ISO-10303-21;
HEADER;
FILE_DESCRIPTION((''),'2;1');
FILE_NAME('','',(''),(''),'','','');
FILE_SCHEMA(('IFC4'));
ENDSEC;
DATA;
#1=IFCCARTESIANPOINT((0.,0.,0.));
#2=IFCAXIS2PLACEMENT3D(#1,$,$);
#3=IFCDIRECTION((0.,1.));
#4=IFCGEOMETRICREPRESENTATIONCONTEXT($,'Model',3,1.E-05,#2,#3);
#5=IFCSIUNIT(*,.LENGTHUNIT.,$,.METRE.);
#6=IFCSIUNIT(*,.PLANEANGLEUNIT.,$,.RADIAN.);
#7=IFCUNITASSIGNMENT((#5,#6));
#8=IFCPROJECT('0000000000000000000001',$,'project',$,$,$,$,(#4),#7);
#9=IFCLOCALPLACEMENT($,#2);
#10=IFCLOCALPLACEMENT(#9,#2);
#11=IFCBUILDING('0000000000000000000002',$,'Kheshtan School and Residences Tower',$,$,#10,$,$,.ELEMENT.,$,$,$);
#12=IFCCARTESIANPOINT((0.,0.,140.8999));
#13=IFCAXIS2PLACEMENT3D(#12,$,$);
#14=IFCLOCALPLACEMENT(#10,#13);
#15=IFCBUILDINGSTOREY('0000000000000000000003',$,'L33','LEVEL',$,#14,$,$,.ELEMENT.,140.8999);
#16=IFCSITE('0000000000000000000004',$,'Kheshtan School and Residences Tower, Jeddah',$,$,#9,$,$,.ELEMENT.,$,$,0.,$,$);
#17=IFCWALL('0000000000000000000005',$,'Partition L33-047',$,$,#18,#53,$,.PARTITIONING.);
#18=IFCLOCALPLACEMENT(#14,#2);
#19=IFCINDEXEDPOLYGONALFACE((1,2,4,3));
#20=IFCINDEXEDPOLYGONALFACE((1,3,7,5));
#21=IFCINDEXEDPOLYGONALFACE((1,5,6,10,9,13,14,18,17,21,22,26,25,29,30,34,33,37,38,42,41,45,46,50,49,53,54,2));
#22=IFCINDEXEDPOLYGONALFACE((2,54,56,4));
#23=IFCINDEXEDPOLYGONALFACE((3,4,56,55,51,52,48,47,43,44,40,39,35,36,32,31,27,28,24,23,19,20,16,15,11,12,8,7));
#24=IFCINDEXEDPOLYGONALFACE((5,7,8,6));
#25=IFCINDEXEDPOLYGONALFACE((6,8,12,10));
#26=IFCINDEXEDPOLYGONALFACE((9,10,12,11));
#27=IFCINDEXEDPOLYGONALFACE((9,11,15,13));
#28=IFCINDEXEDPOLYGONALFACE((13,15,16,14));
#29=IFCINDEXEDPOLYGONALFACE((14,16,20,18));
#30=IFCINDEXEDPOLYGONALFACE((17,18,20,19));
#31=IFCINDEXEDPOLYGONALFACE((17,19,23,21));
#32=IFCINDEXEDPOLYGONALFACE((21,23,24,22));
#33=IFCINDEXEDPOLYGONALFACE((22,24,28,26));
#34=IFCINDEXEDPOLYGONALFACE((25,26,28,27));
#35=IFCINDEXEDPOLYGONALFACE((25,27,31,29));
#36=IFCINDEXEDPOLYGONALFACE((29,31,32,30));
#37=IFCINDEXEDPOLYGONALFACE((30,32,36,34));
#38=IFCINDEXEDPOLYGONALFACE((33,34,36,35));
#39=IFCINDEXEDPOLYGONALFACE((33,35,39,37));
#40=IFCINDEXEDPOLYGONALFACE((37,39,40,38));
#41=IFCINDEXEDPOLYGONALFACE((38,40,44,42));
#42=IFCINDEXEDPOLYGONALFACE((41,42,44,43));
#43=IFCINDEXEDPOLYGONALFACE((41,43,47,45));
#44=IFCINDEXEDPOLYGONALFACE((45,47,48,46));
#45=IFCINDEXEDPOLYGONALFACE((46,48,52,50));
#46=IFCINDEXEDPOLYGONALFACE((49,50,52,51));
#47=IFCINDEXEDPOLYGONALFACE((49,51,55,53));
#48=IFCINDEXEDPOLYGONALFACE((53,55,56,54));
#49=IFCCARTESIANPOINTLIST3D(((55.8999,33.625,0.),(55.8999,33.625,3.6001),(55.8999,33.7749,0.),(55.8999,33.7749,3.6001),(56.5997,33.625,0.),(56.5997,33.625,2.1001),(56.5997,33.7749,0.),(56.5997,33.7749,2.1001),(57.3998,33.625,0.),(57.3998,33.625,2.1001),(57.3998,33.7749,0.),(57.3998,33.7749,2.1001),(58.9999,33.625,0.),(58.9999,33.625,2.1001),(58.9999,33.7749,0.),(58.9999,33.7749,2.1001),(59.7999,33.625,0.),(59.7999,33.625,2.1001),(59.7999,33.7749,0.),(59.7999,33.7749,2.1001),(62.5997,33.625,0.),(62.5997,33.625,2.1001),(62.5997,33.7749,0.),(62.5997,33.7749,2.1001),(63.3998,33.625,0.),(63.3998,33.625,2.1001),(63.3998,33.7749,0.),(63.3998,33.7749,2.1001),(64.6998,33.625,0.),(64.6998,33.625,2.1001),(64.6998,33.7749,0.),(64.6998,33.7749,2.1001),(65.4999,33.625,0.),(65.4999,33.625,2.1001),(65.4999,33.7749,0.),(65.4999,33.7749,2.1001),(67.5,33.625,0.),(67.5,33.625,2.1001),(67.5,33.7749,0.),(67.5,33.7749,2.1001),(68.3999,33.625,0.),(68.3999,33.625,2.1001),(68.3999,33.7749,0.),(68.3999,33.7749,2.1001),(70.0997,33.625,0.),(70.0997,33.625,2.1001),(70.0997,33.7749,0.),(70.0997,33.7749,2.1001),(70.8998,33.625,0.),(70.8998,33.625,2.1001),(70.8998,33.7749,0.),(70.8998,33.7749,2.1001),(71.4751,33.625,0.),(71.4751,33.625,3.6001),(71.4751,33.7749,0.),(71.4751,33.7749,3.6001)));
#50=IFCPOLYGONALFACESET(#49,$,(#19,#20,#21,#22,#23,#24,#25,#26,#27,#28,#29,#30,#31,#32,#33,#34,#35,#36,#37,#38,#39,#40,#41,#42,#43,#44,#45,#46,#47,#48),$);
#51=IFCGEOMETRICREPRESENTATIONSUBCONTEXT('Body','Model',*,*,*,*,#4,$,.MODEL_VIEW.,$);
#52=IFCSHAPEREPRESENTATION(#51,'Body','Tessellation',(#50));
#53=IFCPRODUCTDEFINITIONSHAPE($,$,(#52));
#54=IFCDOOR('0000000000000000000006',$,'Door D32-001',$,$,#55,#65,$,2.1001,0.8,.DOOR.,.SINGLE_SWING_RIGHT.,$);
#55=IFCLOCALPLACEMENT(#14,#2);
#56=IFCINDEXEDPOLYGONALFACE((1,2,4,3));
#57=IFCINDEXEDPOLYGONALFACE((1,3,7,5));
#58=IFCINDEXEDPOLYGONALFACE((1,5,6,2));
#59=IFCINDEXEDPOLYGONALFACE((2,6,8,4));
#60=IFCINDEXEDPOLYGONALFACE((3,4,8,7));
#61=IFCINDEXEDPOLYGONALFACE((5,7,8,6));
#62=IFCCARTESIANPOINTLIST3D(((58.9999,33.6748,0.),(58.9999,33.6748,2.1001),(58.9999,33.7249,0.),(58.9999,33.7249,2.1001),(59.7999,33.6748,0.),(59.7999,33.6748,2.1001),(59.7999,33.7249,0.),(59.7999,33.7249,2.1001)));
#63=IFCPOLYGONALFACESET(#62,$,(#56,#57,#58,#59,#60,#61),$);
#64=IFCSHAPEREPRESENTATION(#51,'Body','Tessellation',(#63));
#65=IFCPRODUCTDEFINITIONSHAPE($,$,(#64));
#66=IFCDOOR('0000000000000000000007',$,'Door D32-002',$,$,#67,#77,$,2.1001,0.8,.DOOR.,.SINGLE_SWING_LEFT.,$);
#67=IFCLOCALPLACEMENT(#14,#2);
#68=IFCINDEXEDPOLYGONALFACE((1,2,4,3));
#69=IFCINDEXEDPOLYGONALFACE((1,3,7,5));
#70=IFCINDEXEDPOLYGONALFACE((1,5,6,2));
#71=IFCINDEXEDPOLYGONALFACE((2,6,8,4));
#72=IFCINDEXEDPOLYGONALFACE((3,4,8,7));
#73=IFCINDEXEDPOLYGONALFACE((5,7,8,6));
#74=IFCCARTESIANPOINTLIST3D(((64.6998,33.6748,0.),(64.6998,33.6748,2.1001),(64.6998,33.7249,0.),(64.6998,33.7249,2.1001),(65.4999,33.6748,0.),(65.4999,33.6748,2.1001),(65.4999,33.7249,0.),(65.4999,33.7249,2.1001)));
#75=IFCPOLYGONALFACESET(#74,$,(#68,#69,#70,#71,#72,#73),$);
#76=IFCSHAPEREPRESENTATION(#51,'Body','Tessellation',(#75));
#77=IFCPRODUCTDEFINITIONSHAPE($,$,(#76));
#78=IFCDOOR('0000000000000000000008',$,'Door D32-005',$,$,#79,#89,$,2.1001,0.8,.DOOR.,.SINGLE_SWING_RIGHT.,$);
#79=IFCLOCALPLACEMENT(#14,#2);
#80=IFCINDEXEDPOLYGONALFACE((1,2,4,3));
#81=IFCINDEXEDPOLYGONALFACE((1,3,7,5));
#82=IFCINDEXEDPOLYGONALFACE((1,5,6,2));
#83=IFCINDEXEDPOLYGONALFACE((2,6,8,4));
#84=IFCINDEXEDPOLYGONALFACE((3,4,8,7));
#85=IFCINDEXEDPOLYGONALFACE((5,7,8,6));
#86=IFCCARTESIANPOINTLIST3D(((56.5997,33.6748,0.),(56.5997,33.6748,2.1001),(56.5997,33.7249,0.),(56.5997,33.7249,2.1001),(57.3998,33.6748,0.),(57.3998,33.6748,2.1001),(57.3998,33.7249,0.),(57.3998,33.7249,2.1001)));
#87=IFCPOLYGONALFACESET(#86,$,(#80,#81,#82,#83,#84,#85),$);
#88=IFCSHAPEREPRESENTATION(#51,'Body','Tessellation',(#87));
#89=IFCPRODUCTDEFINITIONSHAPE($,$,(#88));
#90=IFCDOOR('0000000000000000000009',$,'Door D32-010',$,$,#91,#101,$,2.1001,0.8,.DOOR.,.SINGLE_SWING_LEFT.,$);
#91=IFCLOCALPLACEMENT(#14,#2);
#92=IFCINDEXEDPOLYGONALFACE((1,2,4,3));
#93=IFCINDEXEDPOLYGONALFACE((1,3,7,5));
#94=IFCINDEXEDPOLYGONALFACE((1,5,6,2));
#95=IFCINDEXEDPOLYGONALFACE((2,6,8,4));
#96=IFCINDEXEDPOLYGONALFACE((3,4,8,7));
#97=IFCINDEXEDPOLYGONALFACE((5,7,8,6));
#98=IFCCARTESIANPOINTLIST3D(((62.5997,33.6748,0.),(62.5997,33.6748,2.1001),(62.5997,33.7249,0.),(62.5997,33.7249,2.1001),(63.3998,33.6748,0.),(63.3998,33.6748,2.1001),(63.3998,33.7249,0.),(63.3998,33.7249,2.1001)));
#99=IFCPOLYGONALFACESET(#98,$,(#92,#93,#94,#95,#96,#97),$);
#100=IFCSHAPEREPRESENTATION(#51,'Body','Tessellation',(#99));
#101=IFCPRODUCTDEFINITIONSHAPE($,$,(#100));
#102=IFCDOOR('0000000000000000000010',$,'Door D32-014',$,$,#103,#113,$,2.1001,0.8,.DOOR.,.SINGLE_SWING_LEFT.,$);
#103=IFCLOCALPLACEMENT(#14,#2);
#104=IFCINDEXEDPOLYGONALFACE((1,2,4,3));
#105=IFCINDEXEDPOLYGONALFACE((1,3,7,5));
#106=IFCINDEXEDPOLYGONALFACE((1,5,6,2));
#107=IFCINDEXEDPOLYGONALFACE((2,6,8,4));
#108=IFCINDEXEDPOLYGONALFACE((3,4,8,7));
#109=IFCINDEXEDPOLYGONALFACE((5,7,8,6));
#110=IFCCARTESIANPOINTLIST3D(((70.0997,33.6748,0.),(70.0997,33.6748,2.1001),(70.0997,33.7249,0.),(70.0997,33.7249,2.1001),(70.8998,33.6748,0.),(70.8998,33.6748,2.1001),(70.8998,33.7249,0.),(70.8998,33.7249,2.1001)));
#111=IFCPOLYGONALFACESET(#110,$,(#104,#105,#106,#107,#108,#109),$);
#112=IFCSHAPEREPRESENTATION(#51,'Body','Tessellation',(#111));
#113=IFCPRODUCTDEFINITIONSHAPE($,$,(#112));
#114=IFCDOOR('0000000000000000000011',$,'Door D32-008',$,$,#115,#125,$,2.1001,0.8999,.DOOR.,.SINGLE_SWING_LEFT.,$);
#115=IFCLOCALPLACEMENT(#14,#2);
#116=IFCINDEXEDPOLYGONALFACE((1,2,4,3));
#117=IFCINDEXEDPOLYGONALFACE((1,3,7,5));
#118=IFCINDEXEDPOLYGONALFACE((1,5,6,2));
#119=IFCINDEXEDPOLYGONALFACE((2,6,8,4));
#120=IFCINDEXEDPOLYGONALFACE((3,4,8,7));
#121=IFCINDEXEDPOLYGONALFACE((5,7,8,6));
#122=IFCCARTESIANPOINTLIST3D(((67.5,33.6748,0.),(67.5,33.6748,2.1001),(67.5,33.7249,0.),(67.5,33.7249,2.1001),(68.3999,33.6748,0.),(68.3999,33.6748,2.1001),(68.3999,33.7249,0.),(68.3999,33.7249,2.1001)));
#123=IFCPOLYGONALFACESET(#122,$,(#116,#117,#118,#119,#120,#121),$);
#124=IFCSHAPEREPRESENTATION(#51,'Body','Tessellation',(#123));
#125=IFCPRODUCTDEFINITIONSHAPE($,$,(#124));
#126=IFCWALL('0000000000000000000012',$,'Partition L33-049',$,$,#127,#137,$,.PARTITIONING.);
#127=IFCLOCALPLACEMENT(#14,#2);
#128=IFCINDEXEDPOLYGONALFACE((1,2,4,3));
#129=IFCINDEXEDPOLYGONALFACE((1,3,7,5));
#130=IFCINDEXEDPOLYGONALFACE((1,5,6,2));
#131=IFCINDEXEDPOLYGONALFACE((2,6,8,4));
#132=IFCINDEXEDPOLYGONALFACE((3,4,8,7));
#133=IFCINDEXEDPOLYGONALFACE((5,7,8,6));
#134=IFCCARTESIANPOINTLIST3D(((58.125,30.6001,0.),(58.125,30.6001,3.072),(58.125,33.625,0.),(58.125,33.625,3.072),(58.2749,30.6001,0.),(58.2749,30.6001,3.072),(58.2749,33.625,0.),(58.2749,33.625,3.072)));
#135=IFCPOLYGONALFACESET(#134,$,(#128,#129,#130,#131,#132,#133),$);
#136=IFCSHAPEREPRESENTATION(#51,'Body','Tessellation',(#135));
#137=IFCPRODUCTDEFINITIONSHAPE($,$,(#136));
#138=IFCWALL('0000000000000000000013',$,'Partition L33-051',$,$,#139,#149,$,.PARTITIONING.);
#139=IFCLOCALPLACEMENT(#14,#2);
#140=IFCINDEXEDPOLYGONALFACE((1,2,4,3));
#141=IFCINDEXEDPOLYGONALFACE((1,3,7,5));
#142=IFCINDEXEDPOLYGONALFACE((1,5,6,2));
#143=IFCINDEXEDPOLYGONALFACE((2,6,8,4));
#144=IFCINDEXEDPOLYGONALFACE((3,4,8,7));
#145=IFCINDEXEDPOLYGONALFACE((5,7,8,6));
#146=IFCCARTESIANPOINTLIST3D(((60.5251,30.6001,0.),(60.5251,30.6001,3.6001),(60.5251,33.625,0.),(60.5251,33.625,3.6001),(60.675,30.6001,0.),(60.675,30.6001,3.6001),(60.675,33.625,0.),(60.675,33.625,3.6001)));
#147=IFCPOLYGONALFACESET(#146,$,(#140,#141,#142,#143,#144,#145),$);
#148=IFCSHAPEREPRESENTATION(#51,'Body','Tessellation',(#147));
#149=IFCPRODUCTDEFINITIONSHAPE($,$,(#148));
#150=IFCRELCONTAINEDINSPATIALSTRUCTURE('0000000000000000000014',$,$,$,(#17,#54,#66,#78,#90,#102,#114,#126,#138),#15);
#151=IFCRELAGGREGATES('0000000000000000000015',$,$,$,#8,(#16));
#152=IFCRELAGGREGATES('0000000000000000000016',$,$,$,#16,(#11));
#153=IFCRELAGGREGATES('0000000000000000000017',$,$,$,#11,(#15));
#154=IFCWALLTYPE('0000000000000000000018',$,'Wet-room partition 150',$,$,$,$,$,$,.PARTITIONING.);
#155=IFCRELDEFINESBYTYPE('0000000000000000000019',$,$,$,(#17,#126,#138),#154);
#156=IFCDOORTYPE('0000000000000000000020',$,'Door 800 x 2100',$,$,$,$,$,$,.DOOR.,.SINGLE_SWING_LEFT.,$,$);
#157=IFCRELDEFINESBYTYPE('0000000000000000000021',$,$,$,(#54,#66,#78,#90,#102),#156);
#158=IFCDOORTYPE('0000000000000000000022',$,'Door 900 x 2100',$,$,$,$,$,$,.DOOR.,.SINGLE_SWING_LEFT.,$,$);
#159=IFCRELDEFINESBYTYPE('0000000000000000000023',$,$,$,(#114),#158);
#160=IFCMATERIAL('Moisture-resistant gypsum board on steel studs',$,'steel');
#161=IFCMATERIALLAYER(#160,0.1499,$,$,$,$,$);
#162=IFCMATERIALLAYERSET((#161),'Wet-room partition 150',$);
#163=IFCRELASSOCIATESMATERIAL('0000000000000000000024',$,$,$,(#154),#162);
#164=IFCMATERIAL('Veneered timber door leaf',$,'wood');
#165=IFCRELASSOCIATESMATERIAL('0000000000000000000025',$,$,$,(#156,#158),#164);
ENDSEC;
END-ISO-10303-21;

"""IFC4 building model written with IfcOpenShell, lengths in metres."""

from ifc_helpers import new_model, si_unit, direction, frame, frame_2d, origin, place, context, subcontext, project, spatial, rectangle, extrude, source, transform, mapped, material, layer, layer_set, type_object, element, fill, save


model = new_model("IFC4")

# Units and contexts
model_context = context("Model", 3, precision=1e-05, world=origin(), true_north=direction((0.0, 1.0)))
body_context = subcontext(model_context, "Body", "Model", "MODEL_VIEW")
ifc_project = project(units=[si_unit("LENGTHUNIT", "METRE"), si_unit("PLANEANGLEUNIT", "RADIAN")], contexts=[model_context])

# Site, building, storey
site_placement = place(None, origin())
site = spatial("IfcSite", under=ifc_project, at=site_placement, Name="Kheshtan School and Residences Tower, Jeddah", CompositionType="ELEMENT", RefElevation=0.0)
building_placement = place(site_placement, origin())
building = spatial("IfcBuilding", under=site, at=building_placement, Name="Kheshtan School and Residences Tower", CompositionType="ELEMENT")
storey_placement = place(building_placement, frame((0.0, 0.0, 140.8999)))
storey = spatial("IfcBuildingStorey", under=building, at=storey_placement, Name="L33", Description="LEVEL", CompositionType="ELEMENT", Elevation=140.8999)

# Wall, openings, doors
ifc_material_1 = material(Name="Moisture-resistant gypsum board on steel studs", Category="steel")
ifc_layer_1 = layer(ifc_material_1, 0.1499)
ifc_layer_set_1 = layer_set([ifc_layer_1], Name="Wet-room partition 150")
wall_type_1 = type_object("IfcWallType", Name="Wet-room partition 150", PredefinedType="PARTITIONING", material=ifc_layer_set_1)
wall_1_placement = place(storey_placement, frame((55.8999, 33.7, 0.0), z_axis=(0.0, 0.0, 1.0), x_axis=(1.0, 0.0, 0.0)))
wall_1 = element("IfcWall", 1, at=wall_1_placement, inside=storey, type_object=wall_type_1, Name="Partition L33-047", PredefinedType="PARTITIONING", context=body_context, shape_type="SweptSolid", body=[
    extrude(rectangle(XDim=15.5752, YDim=0.1499, at=frame_2d((7.7876, 0.0))), origin(), (0.0, 0.0, 1.0), 3.6001),
])
opening_1_placement = place(wall_1_placement, frame((3.1001, 0.0, 0.0)))
opening_1 = element("IfcOpeningElement", 2, at=opening_1_placement, cuts=wall_1, PredefinedType="OPENING", context=body_context, shape_type="SweptSolid", body=[
    extrude(rectangle(XDim=0.8, YDim=2.1001, at=frame_2d((0.3999, 1.05))), frame((0.0, 0.085, 0.0), z_axis=(0.0, -1.0, 0.0), x_axis=(1.0, 0.0, 0.0)), (0.0, 0.0, 1.0), 0.1699),
])
opening_2_placement = place(wall_1_placement, frame((8.8, 0.0, 0.0)))
opening_2 = element("IfcOpeningElement", 3, at=opening_2_placement, cuts=wall_1, PredefinedType="OPENING", context=body_context, shape_type="SweptSolid", body=[
    extrude(rectangle(XDim=0.8, YDim=2.1001, at=frame_2d((0.3999, 1.05))), frame((0.0, 0.085, 0.0), z_axis=(0.0, -1.0, 0.0), x_axis=(1.0, 0.0, 0.0)), (0.0, 0.0, 1.0), 0.1699),
])
opening_3_placement = place(wall_1_placement, frame((0.7, 0.0, 0.0)))
opening_3 = element("IfcOpeningElement", 4, at=opening_3_placement, cuts=wall_1, PredefinedType="OPENING", context=body_context, shape_type="SweptSolid", body=[
    extrude(rectangle(XDim=0.8, YDim=2.1001, at=frame_2d((0.3999, 1.05))), frame((0.0, 0.085, 0.0), z_axis=(0.0, -1.0, 0.0), x_axis=(1.0, 0.0, 0.0)), (0.0, 0.0, 1.0), 0.1699),
])
opening_4_placement = place(wall_1_placement, frame((11.6001, 0.0, 0.0)))
opening_4 = element("IfcOpeningElement", 5, at=opening_4_placement, cuts=wall_1, PredefinedType="OPENING", context=body_context, shape_type="SweptSolid", body=[
    extrude(rectangle(XDim=0.8999, YDim=2.1001, at=frame_2d((0.45, 1.05))), frame((0.0, 0.085, 0.0), z_axis=(0.0, -1.0, 0.0), x_axis=(1.0, 0.0, 0.0)), (0.0, 0.0, 1.0), 0.1699),
])
opening_5_placement = place(wall_1_placement, frame((6.7, 0.0, 0.0)))
opening_5 = element("IfcOpeningElement", 6, at=opening_5_placement, cuts=wall_1, PredefinedType="OPENING", context=body_context, shape_type="SweptSolid", body=[
    extrude(rectangle(XDim=0.8, YDim=2.1001, at=frame_2d((0.3999, 1.05))), frame((0.0, 0.085, 0.0), z_axis=(0.0, -1.0, 0.0), x_axis=(1.0, 0.0, 0.0)), (0.0, 0.0, 1.0), 0.1699),
])
opening_6_placement = place(wall_1_placement, frame((14.2, 0.0, 0.0)))
opening_6 = element("IfcOpeningElement", 7, at=opening_6_placement, cuts=wall_1, PredefinedType="OPENING", context=body_context, shape_type="SweptSolid", body=[
    extrude(rectangle(XDim=0.8, YDim=2.1001, at=frame_2d((0.3999, 1.05))), frame((0.0, 0.085, 0.0), z_axis=(0.0, -1.0, 0.0), x_axis=(1.0, 0.0, 0.0)), (0.0, 0.0, 1.0), 0.1699),
])
ifc_material_2 = material(Name="Veneered timber door leaf", Category="wood")
door_type_1 = type_object("IfcDoorType", Name="Door 800 x 2100", OperationType="SINGLE_SWING_LEFT", PredefinedType="DOOR", material=ifc_material_2)
shared_shape_1 = source(origin(), body_context, "Body", "SweptSolid", [
    extrude(rectangle(XDim=0.8, YDim=2.1001, at=frame_2d((0.3999, 1.05))), frame((0.0, 0.0249, 0.0), z_axis=(0.0, -1.0, 0.0), x_axis=(1.0, 0.0, 0.0)), (0.0, 0.0, 1.0), 0.05),
])
door_1_placement = place(opening_1_placement, origin())
door_1 = element("IfcDoor", 8, at=door_1_placement, inside=storey, type_object=door_type_1, Name="Door D32-001", OperationType="SINGLE_SWING_RIGHT", OverallHeight=2.1001, OverallWidth=0.8, PredefinedType="DOOR", context=body_context, shape_type="MappedRepresentation", body=[
    mapped(shared_shape_1, transform((0.0, 0.0, 0.0), x_axis=(1.0, 0.0, 0.0), y_axis=(0.0, 1.0, 0.0), z_axis=(0.0, 0.0, 1.0), scale=1.0)),
])
fill(opening_1, door_1)
door_2_placement = place(opening_2_placement, origin())
door_2 = element("IfcDoor", 9, at=door_2_placement, inside=storey, type_object=door_type_1, Name="Door D32-002", OperationType="SINGLE_SWING_LEFT", OverallHeight=2.1001, OverallWidth=0.8, PredefinedType="DOOR", context=body_context, shape_type="MappedRepresentation", body=[
    mapped(shared_shape_1, transform((0.0, 0.0, 0.0), x_axis=(1.0, 0.0, 0.0), y_axis=(0.0, 1.0, 0.0), z_axis=(0.0, 0.0, 1.0), scale=1.0)),
])
fill(opening_2, door_2)
door_3_placement = place(opening_3_placement, origin())
door_3 = element("IfcDoor", 10, at=door_3_placement, inside=storey, type_object=door_type_1, Name="Door D32-005", OperationType="SINGLE_SWING_RIGHT", OverallHeight=2.1001, OverallWidth=0.8, PredefinedType="DOOR", context=body_context, shape_type="MappedRepresentation", body=[
    mapped(shared_shape_1, transform((0.0, 0.0, 0.0), x_axis=(1.0, 0.0, 0.0), y_axis=(0.0, 1.0, 0.0), z_axis=(0.0, 0.0, 1.0), scale=1.0)),
])
fill(opening_3, door_3)
door_4_placement = place(opening_5_placement, origin())
door_4 = element("IfcDoor", 11, at=door_4_placement, inside=storey, type_object=door_type_1, Name="Door D32-010", OperationType="SINGLE_SWING_LEFT", OverallHeight=2.1001, OverallWidth=0.8, PredefinedType="DOOR", context=body_context, shape_type="MappedRepresentation", body=[
    mapped(shared_shape_1, transform((0.0, 0.0, 0.0), x_axis=(1.0, 0.0, 0.0), y_axis=(0.0, 1.0, 0.0), z_axis=(0.0, 0.0, 1.0), scale=1.0)),
])
fill(opening_5, door_4)
door_5_placement = place(opening_6_placement, origin())
door_5 = element("IfcDoor", 12, at=door_5_placement, inside=storey, type_object=door_type_1, Name="Door D32-014", OperationType="SINGLE_SWING_LEFT", OverallHeight=2.1001, OverallWidth=0.8, PredefinedType="DOOR", context=body_context, shape_type="MappedRepresentation", body=[
    mapped(shared_shape_1, transform((0.0, 0.0, 0.0), x_axis=(1.0, 0.0, 0.0), y_axis=(0.0, 1.0, 0.0), z_axis=(0.0, 0.0, 1.0), scale=1.0)),
])
fill(opening_6, door_5)
door_type_2 = type_object("IfcDoorType", Name="Door 900 x 2100", OperationType="SINGLE_SWING_LEFT", PredefinedType="DOOR", material=ifc_material_2)
shared_shape_2 = source(origin(), body_context, "Body", "SweptSolid", [
    extrude(rectangle(XDim=0.8999, YDim=2.1001, at=frame_2d((0.45, 1.05))), frame((0.0, 0.0249, 0.0), z_axis=(0.0, -1.0, 0.0), x_axis=(1.0, 0.0, 0.0)), (0.0, 0.0, 1.0), 0.05),
])
door_6_placement = place(opening_4_placement, origin())
door_6 = element("IfcDoor", 13, at=door_6_placement, inside=storey, type_object=door_type_2, Name="Door D32-008", OperationType="SINGLE_SWING_LEFT", OverallHeight=2.1001, OverallWidth=0.8999, PredefinedType="DOOR", context=body_context, shape_type="MappedRepresentation", body=[
    mapped(shared_shape_2, transform((0.0, 0.0, 0.0), x_axis=(1.0, 0.0, 0.0), y_axis=(0.0, 1.0, 0.0), z_axis=(0.0, 0.0, 1.0), scale=1.0)),
])
fill(opening_4, door_6)

# Walls
wall_2_placement = place(storey_placement, frame((58.2, 30.6001, 0.0), z_axis=(0.0, 0.0, 1.0), x_axis=(0.0, 1.0, 0.0)))
element("IfcWall", 14, at=wall_2_placement, inside=storey, type_object=wall_type_1, Name="Partition L33-049", PredefinedType="PARTITIONING", context=body_context, shape_type="SweptSolid", body=[
    extrude(rectangle(XDim=3.0249, YDim=0.1499, at=frame_2d((1.5125, 0.0))), origin(), (0.0, 0.0, 1.0), 3.072),
])
wall_3_placement = place(storey_placement, frame((60.6001, 30.6001, 0.0), z_axis=(0.0, 0.0, 1.0), x_axis=(0.0, 1.0, 0.0)))
element("IfcWall", 15, at=wall_3_placement, inside=storey, type_object=wall_type_1, Name="Partition L33-051", PredefinedType="PARTITIONING", context=body_context, shape_type="SweptSolid", body=[
    extrude(rectangle(XDim=3.0249, YDim=0.1499, at=frame_2d((1.5125, 0.0))), origin(), (0.0, 0.0, 1.0), 3.6001),
])

save(model, "model.ifc")
